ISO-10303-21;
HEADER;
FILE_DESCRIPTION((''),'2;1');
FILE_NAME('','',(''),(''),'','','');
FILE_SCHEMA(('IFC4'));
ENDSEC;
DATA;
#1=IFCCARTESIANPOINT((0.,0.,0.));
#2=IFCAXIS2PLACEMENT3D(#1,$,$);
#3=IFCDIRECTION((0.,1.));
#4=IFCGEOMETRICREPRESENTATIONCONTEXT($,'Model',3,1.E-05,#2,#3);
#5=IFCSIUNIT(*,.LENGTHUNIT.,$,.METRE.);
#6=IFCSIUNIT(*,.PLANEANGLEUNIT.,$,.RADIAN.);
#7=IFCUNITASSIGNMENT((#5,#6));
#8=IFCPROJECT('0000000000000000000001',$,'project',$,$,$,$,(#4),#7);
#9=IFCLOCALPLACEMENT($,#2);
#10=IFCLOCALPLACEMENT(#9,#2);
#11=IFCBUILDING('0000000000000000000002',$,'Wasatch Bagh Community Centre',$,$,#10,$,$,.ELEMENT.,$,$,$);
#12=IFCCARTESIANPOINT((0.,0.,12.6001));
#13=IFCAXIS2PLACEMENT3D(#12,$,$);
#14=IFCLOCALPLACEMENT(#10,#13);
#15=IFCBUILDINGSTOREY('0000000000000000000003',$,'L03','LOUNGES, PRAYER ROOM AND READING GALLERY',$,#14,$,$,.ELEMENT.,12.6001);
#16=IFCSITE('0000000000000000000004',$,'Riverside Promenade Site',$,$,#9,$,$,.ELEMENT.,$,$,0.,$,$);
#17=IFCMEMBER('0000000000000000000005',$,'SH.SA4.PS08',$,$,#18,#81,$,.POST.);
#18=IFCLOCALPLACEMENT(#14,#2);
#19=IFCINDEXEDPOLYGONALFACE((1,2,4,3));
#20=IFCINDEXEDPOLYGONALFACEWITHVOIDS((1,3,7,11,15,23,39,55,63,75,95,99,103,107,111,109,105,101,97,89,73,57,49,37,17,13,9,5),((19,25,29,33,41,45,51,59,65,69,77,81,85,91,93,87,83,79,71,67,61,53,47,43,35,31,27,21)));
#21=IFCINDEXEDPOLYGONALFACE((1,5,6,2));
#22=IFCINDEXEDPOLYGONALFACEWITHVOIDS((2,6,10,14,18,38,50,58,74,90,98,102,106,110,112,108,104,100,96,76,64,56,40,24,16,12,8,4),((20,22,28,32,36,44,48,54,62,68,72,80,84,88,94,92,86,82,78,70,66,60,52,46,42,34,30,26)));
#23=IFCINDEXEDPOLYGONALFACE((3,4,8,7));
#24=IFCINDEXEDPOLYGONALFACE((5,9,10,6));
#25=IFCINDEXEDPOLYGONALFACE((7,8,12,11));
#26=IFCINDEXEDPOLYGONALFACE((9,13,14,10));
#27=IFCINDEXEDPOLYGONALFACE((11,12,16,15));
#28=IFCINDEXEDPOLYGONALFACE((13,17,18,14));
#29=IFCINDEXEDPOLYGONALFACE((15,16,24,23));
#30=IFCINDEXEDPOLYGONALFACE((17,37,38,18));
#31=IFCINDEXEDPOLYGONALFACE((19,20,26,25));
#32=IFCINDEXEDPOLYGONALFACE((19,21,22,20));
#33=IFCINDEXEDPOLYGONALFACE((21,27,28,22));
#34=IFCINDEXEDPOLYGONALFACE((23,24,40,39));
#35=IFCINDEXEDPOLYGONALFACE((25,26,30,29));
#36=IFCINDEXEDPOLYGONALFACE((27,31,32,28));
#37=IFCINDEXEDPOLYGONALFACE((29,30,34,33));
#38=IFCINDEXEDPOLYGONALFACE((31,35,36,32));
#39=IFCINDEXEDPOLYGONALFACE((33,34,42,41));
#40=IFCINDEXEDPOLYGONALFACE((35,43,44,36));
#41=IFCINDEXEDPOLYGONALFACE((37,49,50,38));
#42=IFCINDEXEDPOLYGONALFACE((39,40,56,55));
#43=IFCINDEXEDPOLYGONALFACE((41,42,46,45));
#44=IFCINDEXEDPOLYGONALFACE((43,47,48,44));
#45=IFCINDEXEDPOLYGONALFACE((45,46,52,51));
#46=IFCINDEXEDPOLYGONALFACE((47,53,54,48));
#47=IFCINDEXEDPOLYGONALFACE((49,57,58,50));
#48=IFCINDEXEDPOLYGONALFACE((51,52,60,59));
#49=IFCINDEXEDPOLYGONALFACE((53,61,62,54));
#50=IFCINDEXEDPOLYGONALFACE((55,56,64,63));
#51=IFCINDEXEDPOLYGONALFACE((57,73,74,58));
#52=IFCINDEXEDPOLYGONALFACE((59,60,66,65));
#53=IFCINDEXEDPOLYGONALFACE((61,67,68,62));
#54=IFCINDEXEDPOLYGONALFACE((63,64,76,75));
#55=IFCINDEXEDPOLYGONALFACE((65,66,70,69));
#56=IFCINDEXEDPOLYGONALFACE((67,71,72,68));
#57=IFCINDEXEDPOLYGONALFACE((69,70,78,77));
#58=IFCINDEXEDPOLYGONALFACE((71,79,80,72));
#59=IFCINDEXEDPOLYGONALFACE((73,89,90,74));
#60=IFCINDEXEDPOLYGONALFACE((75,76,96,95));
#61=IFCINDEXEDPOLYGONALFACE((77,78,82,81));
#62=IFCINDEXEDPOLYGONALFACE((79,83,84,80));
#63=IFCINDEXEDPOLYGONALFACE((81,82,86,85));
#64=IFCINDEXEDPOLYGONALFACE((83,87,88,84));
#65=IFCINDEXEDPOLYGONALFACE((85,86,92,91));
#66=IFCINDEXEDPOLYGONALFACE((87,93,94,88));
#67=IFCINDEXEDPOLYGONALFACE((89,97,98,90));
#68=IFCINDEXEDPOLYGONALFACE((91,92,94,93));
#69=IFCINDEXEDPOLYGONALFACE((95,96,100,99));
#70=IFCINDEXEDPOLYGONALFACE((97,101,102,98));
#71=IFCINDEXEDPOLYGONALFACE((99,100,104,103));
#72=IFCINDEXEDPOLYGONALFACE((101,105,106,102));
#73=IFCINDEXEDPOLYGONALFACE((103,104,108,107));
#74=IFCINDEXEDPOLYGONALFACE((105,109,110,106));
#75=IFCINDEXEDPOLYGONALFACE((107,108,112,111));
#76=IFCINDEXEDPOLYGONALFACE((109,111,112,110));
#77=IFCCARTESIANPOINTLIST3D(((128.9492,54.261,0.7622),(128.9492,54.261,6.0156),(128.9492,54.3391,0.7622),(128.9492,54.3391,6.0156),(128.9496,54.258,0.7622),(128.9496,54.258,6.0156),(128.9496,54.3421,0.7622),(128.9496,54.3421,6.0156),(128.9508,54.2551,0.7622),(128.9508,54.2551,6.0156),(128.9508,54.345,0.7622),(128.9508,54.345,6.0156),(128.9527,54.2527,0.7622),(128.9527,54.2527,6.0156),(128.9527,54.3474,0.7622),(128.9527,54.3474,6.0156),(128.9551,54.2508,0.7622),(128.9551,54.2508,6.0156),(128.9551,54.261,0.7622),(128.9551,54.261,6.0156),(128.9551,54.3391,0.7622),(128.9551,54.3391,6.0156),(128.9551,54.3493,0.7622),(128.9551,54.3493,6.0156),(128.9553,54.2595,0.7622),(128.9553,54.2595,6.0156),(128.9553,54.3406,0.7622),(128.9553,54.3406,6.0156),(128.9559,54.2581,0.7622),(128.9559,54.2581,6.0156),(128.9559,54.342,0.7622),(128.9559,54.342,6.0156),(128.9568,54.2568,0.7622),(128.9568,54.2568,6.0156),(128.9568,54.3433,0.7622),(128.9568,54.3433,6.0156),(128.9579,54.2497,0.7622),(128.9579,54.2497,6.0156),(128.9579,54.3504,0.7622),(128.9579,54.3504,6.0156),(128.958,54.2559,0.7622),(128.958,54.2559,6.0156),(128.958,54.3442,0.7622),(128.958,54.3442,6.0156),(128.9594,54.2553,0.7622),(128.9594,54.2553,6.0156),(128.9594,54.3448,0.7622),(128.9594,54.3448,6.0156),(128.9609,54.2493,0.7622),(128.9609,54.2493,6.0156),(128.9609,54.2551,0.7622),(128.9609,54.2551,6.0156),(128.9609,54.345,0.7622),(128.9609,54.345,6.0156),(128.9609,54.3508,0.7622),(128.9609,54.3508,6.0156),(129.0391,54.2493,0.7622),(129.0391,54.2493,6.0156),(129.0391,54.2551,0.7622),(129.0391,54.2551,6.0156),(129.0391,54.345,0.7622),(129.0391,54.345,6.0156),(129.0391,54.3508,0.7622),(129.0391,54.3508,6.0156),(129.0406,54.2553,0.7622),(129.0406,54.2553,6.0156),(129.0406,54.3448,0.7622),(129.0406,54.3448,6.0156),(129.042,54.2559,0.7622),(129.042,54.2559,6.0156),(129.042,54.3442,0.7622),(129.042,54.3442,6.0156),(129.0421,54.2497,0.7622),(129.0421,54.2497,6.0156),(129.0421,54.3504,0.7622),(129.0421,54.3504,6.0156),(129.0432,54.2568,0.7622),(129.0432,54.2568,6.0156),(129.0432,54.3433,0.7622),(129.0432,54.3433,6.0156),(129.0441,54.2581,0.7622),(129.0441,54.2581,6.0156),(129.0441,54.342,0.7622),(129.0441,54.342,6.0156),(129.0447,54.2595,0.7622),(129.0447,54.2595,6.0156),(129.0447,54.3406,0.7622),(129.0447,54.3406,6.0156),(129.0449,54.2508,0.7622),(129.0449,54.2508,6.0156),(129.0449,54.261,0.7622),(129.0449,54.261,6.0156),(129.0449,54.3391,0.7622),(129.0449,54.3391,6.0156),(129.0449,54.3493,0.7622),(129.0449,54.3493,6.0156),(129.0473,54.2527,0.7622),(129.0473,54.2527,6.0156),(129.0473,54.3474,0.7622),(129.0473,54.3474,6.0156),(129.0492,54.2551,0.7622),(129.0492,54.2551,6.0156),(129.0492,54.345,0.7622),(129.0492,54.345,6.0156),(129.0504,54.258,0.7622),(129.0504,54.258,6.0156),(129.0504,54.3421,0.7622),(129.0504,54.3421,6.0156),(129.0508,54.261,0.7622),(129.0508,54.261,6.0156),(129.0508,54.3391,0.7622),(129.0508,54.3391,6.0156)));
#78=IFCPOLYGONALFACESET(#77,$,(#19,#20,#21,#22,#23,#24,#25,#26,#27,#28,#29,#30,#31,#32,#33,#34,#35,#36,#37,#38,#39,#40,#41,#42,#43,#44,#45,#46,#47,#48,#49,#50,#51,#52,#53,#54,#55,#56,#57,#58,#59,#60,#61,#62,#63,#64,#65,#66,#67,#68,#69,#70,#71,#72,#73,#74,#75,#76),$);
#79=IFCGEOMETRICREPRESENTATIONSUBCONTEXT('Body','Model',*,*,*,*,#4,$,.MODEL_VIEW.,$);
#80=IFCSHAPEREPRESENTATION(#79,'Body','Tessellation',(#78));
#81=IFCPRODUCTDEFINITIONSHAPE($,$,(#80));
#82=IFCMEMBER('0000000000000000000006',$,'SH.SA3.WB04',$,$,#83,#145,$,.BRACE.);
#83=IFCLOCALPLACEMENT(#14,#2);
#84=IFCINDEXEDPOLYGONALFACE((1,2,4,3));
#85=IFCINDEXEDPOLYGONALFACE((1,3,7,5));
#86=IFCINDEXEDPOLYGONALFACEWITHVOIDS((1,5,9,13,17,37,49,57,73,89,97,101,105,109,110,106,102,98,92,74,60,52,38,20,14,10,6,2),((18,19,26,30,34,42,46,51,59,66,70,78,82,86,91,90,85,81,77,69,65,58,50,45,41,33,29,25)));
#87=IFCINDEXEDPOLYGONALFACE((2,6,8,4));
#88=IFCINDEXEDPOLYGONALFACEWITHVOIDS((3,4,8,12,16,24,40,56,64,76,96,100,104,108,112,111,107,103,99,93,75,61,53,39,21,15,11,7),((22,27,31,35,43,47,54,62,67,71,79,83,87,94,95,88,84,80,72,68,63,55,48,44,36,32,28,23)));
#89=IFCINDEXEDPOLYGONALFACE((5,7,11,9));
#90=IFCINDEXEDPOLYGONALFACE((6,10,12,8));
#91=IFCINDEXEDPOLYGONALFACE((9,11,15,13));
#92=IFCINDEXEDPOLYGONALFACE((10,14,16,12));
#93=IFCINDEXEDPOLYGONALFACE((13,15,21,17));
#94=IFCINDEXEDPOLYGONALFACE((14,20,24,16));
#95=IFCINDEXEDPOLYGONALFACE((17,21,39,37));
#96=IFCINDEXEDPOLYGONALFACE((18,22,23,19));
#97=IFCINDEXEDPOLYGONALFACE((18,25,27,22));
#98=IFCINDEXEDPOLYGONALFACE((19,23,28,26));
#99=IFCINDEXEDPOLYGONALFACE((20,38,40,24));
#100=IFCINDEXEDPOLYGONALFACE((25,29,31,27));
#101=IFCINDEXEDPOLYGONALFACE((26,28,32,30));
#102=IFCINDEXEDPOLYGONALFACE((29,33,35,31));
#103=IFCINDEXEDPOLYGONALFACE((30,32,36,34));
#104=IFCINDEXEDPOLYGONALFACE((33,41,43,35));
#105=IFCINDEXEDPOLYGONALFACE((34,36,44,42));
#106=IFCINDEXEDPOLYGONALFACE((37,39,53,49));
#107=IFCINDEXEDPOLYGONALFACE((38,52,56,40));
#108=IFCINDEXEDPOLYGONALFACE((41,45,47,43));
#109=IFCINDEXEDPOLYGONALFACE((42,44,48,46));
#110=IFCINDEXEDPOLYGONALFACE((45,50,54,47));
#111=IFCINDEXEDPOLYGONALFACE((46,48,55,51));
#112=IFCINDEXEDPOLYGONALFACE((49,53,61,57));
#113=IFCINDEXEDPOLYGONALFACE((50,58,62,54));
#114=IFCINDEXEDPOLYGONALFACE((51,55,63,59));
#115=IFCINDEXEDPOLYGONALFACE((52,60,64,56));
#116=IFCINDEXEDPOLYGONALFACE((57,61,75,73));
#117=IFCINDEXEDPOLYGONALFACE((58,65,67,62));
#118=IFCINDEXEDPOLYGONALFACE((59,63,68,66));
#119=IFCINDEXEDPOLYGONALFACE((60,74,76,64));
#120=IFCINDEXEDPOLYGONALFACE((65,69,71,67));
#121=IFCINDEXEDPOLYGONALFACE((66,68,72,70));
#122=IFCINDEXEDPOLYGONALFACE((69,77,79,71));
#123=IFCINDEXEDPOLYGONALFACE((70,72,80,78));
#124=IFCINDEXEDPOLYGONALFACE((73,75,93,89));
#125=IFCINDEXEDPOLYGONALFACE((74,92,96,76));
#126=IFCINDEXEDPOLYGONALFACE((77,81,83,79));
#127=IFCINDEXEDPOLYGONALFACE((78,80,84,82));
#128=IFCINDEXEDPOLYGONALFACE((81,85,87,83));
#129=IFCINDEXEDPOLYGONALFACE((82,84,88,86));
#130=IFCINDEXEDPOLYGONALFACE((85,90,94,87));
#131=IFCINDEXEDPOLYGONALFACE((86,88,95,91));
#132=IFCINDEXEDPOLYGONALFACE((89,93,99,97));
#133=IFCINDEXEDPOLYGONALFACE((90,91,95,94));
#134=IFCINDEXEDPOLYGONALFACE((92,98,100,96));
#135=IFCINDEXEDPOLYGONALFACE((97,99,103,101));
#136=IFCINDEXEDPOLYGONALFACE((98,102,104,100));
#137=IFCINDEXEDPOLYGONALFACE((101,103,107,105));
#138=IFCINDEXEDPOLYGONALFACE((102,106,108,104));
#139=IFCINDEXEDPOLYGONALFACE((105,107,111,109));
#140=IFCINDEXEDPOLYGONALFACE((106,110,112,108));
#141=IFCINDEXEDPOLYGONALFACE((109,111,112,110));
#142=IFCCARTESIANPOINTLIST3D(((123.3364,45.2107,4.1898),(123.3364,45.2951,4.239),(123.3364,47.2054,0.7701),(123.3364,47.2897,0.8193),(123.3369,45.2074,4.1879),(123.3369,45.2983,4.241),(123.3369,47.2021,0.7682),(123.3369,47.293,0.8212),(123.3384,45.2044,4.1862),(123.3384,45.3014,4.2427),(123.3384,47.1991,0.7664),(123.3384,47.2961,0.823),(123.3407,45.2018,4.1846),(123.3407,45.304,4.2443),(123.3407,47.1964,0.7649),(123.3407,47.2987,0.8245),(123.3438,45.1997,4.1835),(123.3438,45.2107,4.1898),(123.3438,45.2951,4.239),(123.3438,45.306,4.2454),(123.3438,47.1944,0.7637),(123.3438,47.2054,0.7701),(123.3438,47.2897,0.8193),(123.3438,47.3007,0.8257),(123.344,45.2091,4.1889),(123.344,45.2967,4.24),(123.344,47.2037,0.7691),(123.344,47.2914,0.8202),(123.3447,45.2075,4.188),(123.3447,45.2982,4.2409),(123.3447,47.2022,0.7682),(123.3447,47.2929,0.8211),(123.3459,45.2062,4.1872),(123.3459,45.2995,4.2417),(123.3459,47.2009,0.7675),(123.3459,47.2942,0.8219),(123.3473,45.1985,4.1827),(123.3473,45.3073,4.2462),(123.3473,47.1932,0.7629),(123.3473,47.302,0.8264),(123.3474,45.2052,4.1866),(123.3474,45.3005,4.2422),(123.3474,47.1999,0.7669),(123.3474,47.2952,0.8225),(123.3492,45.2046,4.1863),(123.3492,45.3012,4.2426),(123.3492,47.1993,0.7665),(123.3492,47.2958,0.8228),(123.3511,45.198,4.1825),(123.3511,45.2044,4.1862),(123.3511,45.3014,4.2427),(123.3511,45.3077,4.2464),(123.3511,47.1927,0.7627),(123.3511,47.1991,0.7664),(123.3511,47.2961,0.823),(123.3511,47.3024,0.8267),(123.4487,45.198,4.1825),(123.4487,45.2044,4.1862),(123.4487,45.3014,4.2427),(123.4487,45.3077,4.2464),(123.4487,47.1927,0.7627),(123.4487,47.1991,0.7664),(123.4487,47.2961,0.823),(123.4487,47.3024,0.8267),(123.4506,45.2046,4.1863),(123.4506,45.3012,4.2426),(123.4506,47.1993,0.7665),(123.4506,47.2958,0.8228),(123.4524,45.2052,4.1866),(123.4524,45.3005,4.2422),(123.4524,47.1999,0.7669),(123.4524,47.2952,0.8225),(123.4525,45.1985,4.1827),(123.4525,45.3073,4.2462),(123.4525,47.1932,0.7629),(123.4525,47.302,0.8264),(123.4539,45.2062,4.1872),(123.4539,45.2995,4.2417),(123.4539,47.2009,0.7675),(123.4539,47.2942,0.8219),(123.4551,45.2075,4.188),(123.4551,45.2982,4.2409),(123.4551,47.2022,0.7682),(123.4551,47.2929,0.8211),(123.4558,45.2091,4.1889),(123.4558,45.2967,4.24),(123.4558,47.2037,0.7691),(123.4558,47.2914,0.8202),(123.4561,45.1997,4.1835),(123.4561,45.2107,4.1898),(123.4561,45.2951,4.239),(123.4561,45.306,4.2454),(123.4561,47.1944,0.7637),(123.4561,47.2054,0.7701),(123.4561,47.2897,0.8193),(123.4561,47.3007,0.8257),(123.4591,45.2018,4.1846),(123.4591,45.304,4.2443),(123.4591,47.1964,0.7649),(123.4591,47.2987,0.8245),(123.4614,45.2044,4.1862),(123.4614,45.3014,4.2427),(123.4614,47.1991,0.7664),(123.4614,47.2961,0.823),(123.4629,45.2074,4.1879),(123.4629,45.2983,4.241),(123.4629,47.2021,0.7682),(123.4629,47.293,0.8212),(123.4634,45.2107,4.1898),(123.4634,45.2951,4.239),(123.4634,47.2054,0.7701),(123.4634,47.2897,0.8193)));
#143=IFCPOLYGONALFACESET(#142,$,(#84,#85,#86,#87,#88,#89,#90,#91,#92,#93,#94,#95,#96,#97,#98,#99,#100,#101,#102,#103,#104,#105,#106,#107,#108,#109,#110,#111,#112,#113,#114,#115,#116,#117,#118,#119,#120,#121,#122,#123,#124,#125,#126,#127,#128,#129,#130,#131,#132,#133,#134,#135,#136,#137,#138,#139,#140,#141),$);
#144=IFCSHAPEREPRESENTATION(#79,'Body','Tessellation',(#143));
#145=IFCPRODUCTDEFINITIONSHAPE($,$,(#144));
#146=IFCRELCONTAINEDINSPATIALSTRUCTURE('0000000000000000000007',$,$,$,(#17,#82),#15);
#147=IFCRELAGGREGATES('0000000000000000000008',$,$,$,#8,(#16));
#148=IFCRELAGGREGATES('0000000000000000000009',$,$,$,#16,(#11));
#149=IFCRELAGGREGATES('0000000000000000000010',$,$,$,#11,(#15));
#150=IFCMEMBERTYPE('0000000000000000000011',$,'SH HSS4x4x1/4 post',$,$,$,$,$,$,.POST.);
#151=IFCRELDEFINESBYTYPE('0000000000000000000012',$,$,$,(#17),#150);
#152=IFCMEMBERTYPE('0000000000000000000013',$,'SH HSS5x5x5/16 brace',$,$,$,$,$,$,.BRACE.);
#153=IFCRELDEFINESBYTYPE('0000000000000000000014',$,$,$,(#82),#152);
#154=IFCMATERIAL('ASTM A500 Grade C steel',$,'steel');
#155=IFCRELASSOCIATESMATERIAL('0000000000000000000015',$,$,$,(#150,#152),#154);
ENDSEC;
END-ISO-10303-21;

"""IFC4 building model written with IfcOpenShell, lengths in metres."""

from ifc_helpers import new_model, si_unit, direction, frame, origin, origin_2d, place, context, subcontext, project, spatial, hollow_rectangle, extrude, material, material_profile, profile_set, type_object, element, save


model = new_model("IFC4")

# Units and contexts
model_context = context("Model", 3, precision=1e-05, world=origin(), true_north=direction((0.0, 1.0)))
body_context = subcontext(model_context, "Body", "Model", "MODEL_VIEW")
ifc_project = project(units=[si_unit("LENGTHUNIT", "METRE"), si_unit("PLANEANGLEUNIT", "RADIAN")], contexts=[model_context])

# Site, building, storey
site_placement = place(None, origin())
site = spatial("IfcSite", under=ifc_project, at=site_placement, Name="Riverside Promenade Site", CompositionType="ELEMENT", RefElevation=0.0)
building_placement = place(site_placement, origin())
building = spatial("IfcBuilding", under=site, at=building_placement, Name="Wasatch Bagh Community Centre", CompositionType="ELEMENT")
storey_placement = place(building_placement, frame((0.0, 0.0, 12.6001)))
storey = spatial("IfcBuildingStorey", under=building, at=storey_placement, Name="L03", Description="LOUNGES, PRAYER ROOM AND READING GALLERY", CompositionType="ELEMENT", Elevation=12.6001)

# Members
ifc_material_1 = material(Name="ASTM A500 Grade C steel", Category="steel")
ifc_material_profile_1 = material_profile(ifc_material_1, hollow_rectangle(XDim=0.1016, YDim=0.1016, WallThickness=0.0059, InnerFilletRadius=0.0059, OuterFilletRadius=0.0117, at=origin_2d()), Name="HSS4x4x1/4")
ifc_profile_set_1 = profile_set([ifc_material_profile_1], Name="ASTM A500 Grade C steel")
member_type_1 = type_object("IfcMemberType", Name="SH HSS4x4x1/4 post", PredefinedType="POST", material=ifc_profile_set_1)
member_1_placement = place(storey_placement, frame((129.0, 54.3, 0.7622), z_axis=(0.0, 0.0, 1.0), x_axis=(1.0, 0.0, 0.0)))
element("IfcMember", 1, at=member_1_placement, inside=storey, type_object=member_type_1, Name="SH.SA4.PS08", PredefinedType="POST", context=body_context, shape_type="SweptSolid", body=[
    extrude(hollow_rectangle(XDim=0.1016, YDim=0.1016, WallThickness=0.0059, InnerFilletRadius=0.0059, OuterFilletRadius=0.0117, at=origin_2d()), origin(), (0.0, 0.0, 1.0), 5.2534),
])
ifc_material_profile_2 = material_profile(ifc_material_1, hollow_rectangle(XDim=0.127, YDim=0.127, WallThickness=0.0073, InnerFilletRadius=0.0073, OuterFilletRadius=0.0146, at=origin_2d()), Name="HSS5x5x5/16")
ifc_profile_set_2 = profile_set([ifc_material_profile_2], Name="ASTM A500 Grade C steel")
member_type_2 = type_object("IfcMemberType", Name="SH HSS5x5x5/16 brace", PredefinedType="BRACE", material=ifc_profile_set_2)
member_2_placement = place(storey_placement, frame((123.3999, 47.2476, 0.7947), z_axis=(0.0, -0.503837, 0.863799), x_axis=(1.0, 0.0, 0.0)))
element("IfcMember", 2, at=member_2_placement, inside=storey, type_object=member_type_2, Name="SH.SA3.WB04", PredefinedType="BRACE", context=body_context, shape_type="SweptSolid", body=[
    extrude(hollow_rectangle(XDim=0.127, YDim=0.127, WallThickness=0.0073, InnerFilletRadius=0.0073, OuterFilletRadius=0.0146, at=origin_2d()), origin(), (0.0, 0.0, 1.0), 3.959),
])

save(model, "model.ifc")
